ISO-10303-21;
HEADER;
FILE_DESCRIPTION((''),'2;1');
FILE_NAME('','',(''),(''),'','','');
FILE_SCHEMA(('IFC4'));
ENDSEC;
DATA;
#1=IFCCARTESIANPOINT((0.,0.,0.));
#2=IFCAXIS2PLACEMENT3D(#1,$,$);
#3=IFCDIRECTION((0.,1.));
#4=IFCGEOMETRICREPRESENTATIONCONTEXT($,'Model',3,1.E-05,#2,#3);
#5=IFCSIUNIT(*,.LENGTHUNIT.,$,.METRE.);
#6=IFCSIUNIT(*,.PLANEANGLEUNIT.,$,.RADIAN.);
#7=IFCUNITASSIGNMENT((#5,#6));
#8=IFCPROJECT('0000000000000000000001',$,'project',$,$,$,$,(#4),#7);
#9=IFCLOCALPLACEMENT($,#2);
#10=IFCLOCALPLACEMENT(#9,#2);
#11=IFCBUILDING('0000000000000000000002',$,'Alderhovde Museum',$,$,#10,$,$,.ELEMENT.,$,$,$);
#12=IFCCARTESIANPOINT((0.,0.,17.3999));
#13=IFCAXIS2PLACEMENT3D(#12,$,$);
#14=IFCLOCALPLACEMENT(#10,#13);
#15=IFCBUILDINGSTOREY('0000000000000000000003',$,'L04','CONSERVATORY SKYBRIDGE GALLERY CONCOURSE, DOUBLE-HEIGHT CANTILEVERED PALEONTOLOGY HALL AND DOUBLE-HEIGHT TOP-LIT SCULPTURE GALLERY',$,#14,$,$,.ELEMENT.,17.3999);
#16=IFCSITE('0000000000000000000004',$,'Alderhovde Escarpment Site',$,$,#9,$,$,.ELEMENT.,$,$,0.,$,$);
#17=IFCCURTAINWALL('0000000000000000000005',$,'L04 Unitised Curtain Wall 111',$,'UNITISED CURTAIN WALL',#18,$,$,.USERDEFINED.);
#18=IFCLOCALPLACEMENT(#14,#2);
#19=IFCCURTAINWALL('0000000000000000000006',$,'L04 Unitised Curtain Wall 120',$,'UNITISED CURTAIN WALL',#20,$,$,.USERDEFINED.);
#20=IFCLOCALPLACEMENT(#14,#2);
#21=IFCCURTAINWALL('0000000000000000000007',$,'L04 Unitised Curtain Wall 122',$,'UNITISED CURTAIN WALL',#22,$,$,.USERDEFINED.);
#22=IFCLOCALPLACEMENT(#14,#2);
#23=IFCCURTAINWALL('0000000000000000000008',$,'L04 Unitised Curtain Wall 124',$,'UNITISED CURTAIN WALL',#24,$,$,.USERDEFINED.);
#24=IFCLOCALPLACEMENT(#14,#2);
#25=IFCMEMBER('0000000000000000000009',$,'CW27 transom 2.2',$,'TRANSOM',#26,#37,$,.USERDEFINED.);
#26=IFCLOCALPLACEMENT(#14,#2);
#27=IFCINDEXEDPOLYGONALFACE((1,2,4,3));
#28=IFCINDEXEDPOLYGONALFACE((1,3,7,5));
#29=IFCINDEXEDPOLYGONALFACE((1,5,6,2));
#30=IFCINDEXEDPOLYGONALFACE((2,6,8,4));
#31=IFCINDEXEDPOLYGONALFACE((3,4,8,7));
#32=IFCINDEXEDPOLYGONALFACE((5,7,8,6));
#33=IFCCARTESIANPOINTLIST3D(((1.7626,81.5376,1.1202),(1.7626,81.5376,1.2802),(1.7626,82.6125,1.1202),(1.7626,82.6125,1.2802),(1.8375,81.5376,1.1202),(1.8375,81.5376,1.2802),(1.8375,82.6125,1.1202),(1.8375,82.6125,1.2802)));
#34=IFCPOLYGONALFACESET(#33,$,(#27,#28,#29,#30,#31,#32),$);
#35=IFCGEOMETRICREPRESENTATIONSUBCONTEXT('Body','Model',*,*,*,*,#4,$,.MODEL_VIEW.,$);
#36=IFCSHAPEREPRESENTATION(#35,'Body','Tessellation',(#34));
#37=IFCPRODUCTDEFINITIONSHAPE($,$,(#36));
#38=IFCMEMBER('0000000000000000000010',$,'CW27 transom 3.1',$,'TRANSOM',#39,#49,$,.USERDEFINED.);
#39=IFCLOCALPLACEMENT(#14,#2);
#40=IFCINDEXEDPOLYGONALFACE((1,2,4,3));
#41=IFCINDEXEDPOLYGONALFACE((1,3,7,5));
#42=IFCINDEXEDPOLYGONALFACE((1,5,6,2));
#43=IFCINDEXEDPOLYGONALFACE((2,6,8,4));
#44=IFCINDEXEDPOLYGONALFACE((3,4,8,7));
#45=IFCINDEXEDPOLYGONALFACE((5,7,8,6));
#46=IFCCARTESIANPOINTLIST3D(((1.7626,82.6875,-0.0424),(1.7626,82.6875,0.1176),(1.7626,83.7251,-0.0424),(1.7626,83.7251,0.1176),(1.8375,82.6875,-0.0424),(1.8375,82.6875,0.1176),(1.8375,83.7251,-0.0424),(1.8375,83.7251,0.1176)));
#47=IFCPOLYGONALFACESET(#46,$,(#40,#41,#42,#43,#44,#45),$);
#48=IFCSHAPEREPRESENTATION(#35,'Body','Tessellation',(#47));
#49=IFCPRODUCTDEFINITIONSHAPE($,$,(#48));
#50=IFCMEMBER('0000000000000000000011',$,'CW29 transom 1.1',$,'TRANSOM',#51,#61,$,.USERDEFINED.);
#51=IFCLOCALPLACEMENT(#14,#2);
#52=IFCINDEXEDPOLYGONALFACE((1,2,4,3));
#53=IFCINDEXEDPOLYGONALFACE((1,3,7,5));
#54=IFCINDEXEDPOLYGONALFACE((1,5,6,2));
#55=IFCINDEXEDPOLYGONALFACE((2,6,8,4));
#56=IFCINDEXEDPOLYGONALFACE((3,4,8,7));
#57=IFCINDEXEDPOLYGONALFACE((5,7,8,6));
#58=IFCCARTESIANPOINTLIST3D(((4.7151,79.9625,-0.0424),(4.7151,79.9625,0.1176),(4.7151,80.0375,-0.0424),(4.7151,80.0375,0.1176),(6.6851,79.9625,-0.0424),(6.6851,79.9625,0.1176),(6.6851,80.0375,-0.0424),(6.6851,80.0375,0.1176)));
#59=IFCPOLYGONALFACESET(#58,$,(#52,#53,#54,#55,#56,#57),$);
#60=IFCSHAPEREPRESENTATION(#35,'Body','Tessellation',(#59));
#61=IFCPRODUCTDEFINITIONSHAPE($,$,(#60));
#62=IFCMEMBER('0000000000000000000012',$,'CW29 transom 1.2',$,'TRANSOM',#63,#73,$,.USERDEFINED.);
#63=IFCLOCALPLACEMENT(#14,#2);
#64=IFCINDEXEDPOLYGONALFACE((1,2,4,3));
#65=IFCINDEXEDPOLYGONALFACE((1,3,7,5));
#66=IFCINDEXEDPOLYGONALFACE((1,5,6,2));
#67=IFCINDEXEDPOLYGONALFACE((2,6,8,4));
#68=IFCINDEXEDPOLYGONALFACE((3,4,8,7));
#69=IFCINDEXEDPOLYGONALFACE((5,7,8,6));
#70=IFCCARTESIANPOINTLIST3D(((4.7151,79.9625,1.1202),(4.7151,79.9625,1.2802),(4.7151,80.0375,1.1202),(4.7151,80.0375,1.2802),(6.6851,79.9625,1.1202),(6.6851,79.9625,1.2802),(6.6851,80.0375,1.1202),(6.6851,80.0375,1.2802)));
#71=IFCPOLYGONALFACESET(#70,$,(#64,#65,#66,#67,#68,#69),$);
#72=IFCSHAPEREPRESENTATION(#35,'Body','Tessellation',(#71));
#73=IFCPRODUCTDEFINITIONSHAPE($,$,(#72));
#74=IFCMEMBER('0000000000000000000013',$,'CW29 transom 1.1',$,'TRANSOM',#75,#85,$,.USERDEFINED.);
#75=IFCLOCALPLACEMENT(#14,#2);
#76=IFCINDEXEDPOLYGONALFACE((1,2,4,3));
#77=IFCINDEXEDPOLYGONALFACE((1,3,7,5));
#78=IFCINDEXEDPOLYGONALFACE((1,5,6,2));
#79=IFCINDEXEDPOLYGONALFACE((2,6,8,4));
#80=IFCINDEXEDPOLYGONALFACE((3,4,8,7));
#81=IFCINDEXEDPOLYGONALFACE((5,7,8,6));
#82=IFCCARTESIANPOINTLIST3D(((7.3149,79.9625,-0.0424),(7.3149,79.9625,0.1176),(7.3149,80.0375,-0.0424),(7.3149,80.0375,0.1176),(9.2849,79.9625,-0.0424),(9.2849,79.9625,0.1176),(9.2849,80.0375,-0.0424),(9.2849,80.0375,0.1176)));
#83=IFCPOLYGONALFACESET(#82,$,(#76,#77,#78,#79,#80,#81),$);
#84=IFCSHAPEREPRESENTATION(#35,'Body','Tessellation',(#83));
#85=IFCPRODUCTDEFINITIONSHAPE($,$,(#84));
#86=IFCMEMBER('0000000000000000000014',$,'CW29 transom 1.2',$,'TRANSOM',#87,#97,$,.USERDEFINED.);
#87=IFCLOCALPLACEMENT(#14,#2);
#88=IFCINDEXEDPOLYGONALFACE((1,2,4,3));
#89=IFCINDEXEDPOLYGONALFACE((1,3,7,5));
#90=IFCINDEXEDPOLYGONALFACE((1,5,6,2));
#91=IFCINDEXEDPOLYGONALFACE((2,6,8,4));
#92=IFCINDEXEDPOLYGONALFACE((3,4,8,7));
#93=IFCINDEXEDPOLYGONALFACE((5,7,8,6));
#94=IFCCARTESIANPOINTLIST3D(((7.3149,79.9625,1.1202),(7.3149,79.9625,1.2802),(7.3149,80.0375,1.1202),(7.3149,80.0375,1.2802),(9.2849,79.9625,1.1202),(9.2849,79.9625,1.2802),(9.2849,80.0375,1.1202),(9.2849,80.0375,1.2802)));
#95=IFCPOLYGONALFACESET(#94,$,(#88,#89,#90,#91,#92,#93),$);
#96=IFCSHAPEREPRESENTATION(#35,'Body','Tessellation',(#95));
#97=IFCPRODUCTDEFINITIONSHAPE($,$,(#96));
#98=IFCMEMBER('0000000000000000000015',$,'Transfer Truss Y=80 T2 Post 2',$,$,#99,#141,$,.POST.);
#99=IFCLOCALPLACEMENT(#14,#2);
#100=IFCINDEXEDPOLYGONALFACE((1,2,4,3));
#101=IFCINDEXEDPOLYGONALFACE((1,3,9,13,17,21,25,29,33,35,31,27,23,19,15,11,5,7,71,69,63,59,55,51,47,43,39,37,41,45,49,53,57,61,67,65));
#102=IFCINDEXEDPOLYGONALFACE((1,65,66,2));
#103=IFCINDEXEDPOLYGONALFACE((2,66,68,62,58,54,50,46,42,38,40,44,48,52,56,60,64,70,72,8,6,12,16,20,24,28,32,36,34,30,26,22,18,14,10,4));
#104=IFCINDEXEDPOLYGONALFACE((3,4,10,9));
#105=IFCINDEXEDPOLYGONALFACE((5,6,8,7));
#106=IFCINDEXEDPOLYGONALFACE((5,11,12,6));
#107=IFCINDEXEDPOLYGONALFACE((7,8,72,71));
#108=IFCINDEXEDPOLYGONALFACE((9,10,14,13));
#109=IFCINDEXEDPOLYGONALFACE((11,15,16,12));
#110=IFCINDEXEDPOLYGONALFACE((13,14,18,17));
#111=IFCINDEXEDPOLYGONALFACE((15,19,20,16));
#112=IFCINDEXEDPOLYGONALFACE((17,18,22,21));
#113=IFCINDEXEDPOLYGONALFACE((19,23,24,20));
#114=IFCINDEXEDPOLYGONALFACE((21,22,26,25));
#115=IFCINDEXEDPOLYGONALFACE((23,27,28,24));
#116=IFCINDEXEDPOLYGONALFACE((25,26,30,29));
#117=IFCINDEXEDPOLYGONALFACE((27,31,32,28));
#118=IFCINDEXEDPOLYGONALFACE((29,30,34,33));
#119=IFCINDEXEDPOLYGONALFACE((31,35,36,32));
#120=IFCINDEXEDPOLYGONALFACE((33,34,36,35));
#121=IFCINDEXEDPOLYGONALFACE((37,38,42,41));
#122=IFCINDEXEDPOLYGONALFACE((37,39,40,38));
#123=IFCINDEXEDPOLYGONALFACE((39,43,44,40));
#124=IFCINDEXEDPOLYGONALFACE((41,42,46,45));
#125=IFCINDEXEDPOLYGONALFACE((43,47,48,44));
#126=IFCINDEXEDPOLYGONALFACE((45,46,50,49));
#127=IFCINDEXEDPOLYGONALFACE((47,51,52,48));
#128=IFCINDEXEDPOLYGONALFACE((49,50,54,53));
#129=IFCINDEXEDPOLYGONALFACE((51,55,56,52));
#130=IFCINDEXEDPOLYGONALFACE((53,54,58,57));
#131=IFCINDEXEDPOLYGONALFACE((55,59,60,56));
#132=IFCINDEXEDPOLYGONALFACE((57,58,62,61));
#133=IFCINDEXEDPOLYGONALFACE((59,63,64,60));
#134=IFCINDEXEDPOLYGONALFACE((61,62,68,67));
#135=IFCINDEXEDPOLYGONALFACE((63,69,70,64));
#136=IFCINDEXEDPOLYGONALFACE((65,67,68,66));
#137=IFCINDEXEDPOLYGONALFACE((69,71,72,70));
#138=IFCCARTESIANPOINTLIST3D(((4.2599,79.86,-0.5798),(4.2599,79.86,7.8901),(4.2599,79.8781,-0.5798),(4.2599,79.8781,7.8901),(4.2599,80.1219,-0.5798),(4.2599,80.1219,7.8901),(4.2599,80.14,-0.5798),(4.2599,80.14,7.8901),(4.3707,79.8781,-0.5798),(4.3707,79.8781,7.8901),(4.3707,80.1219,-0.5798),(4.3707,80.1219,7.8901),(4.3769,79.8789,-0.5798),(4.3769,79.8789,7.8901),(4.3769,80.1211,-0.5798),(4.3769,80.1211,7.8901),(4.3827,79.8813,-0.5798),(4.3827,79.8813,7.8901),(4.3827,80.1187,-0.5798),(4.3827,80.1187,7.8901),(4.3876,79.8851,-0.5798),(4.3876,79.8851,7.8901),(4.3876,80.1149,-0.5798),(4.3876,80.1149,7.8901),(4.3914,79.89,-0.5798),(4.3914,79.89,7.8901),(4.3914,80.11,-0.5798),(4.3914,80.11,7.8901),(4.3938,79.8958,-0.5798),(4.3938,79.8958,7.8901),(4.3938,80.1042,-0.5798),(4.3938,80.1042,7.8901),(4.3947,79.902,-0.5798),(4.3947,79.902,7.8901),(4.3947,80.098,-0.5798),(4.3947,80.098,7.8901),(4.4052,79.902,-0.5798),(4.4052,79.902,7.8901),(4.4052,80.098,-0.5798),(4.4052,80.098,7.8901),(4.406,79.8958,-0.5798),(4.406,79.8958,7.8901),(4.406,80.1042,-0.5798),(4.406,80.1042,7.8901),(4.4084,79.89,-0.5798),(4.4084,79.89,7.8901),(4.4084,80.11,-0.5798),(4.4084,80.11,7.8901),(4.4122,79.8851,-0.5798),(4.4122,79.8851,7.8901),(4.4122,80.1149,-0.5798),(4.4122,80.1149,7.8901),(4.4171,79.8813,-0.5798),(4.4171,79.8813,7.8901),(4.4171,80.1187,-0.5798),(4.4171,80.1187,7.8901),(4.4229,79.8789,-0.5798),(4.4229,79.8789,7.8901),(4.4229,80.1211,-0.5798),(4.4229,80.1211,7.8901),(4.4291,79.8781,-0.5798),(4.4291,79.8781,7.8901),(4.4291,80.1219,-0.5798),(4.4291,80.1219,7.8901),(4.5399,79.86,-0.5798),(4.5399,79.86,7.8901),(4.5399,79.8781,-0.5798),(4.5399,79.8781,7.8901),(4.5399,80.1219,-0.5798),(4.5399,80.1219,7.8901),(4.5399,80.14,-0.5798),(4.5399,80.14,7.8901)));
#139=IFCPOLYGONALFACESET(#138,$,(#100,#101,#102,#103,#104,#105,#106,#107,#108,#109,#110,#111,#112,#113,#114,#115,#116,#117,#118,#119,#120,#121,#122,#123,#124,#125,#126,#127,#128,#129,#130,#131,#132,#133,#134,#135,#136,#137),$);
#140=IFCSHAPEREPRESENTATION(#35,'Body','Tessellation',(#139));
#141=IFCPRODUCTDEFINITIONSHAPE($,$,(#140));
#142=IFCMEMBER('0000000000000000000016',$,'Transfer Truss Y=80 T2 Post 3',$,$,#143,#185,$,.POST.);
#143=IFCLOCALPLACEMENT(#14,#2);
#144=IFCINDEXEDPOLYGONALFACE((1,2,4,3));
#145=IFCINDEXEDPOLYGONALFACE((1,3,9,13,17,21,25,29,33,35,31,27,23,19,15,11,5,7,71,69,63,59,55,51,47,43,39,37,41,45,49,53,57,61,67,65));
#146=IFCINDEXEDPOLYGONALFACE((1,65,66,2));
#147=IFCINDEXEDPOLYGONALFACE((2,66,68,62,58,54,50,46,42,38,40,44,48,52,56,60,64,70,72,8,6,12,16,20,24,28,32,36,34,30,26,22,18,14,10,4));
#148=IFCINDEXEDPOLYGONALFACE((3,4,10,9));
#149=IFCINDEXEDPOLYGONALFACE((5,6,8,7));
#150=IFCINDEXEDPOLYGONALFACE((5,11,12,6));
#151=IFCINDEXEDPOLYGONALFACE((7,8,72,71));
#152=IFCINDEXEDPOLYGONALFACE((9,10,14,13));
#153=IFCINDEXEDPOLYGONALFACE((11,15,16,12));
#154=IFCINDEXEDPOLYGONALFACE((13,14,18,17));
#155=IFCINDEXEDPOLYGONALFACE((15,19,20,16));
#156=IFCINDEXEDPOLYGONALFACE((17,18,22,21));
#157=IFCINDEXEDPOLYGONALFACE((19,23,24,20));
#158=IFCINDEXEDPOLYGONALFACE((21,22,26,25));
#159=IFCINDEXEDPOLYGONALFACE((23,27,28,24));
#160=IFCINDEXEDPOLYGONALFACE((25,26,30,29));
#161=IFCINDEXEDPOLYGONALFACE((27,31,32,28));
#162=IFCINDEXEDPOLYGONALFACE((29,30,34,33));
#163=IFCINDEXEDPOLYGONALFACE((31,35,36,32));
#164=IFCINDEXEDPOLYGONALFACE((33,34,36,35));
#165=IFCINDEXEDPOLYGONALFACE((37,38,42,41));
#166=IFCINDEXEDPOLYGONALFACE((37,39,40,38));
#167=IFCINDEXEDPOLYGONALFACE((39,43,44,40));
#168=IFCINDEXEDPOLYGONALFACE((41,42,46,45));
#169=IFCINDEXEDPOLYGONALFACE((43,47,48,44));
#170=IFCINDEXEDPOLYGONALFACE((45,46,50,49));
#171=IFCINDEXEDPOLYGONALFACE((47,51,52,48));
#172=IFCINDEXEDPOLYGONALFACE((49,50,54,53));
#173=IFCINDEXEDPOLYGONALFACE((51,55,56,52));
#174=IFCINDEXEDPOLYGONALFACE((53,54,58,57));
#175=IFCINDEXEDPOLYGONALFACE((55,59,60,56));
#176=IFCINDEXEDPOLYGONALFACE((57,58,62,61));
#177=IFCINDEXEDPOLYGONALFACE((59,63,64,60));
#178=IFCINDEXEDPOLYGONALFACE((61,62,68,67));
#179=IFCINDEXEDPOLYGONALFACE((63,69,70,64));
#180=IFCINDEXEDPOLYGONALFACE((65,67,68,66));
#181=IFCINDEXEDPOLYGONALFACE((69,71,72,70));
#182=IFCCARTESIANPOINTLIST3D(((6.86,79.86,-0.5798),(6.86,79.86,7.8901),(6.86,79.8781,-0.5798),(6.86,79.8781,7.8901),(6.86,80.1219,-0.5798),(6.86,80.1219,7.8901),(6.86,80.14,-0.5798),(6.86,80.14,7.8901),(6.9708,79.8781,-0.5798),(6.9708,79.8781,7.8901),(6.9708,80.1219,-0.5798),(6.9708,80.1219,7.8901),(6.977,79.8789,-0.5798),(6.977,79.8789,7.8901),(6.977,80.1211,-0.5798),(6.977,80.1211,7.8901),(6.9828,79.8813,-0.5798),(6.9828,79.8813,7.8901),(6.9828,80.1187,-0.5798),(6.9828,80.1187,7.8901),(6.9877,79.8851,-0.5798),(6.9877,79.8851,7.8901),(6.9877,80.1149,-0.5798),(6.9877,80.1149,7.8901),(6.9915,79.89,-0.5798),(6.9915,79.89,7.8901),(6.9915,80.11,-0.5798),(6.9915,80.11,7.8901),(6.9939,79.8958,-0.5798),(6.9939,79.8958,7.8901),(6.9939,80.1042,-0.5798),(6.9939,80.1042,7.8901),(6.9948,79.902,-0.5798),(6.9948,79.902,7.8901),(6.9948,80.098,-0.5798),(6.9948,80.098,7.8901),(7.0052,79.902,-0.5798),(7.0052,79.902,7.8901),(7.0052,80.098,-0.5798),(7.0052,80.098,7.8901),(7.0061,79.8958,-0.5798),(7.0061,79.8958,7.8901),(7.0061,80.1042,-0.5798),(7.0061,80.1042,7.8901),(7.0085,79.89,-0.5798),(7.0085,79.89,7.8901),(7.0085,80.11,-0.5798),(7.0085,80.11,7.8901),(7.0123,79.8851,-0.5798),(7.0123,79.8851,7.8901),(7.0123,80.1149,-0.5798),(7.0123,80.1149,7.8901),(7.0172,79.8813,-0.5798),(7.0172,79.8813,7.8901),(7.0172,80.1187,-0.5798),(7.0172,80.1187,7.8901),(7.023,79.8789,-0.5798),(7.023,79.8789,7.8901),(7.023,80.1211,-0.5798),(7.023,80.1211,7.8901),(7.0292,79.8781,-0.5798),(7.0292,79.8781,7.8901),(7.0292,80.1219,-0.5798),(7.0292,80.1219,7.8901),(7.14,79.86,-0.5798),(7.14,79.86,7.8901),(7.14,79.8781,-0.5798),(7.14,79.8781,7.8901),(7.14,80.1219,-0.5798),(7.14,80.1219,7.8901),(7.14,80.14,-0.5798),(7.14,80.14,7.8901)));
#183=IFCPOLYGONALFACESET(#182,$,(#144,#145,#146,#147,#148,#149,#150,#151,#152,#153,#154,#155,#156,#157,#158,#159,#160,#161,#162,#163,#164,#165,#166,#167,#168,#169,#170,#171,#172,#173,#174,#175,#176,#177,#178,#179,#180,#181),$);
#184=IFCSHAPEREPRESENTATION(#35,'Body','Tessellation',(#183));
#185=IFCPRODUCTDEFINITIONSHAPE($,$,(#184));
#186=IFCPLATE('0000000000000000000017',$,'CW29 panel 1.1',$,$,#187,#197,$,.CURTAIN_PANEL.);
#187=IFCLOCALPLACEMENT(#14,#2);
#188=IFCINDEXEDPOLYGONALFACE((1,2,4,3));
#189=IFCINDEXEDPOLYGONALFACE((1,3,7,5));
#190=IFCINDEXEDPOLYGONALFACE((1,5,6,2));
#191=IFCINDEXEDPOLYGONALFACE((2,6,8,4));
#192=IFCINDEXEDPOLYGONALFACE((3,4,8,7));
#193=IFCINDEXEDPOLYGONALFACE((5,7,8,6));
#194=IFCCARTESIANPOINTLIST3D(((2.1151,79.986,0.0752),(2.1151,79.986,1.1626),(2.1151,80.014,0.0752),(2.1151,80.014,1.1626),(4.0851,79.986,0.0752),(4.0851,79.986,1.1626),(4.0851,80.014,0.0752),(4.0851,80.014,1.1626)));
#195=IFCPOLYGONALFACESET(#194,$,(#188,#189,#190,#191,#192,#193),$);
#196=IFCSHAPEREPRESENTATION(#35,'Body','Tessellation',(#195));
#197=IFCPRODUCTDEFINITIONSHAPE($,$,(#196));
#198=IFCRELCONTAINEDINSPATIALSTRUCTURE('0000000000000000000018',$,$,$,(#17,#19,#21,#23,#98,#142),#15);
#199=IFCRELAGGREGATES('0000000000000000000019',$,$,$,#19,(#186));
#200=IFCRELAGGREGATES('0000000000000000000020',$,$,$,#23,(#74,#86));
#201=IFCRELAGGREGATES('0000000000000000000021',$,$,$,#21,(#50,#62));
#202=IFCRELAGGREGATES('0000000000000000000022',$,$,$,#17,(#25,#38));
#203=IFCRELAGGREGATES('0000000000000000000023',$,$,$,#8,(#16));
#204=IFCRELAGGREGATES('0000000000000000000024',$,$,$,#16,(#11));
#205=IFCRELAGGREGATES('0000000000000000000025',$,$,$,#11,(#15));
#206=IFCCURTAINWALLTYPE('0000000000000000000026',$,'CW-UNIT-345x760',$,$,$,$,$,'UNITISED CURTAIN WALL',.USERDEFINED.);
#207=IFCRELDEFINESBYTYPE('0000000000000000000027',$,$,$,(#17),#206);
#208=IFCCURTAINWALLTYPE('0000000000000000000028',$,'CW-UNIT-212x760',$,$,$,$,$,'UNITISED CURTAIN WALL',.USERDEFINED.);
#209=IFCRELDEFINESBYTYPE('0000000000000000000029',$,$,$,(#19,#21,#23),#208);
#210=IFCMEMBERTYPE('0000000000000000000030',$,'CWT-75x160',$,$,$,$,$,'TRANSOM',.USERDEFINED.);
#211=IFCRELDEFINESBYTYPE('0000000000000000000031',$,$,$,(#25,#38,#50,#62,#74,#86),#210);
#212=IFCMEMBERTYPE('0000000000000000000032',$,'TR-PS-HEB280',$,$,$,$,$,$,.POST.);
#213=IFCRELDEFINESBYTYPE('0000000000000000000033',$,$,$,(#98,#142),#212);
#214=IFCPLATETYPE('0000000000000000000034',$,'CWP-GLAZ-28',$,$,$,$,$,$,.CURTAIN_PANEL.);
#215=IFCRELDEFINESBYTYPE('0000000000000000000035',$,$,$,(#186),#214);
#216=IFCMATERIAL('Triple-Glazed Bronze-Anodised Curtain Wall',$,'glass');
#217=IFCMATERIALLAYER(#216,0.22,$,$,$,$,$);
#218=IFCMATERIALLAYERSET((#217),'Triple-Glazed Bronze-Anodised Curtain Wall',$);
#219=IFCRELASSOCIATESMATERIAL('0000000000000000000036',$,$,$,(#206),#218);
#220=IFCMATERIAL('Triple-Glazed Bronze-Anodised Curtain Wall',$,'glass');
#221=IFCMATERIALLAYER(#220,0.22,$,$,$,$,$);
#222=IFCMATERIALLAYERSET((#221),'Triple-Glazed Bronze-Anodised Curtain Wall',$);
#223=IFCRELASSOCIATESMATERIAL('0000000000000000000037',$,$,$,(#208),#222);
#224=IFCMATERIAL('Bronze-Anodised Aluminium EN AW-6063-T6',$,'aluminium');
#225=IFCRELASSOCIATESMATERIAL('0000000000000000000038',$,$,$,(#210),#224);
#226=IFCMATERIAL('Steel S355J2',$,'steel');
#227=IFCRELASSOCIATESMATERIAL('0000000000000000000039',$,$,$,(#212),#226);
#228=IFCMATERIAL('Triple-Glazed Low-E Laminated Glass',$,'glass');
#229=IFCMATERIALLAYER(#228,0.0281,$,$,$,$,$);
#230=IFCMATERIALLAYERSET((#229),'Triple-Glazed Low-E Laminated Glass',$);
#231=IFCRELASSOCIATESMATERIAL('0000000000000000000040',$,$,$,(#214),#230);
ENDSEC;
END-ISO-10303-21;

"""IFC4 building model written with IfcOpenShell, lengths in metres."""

from ifc_helpers import new_model, si_unit, direction, frame, origin, origin_2d, place, context, subcontext, project, spatial, rectangle, i_section, extrude, material, layer, layer_set, material_profile, profile_set, type_object, element, aggregate, save


model = new_model("IFC4")

# Units and contexts
model_context = context("Model", 3, precision=1e-05, world=origin(), true_north=direction((0.0, 1.0)))
body_context = subcontext(model_context, "Body", "Model", "MODEL_VIEW")
ifc_project = project(units=[si_unit("LENGTHUNIT", "METRE"), si_unit("PLANEANGLEUNIT", "RADIAN")], contexts=[model_context])

# Site, building, storey
site_placement = place(None, origin())
site = spatial("IfcSite", under=ifc_project, at=site_placement, Name="Alderhovde Escarpment Site", CompositionType="ELEMENT", RefElevation=0.0)
building_placement = place(site_placement, origin())
building = spatial("IfcBuilding", under=site, at=building_placement, Name="Alderhovde Museum", CompositionType="ELEMENT")
storey_placement = place(building_placement, frame((0.0, 0.0, 17.3999)))
storey = spatial("IfcBuildingStorey", under=building, at=storey_placement, Name="L04", Description="CONSERVATORY SKYBRIDGE GALLERY CONCOURSE, DOUBLE-HEIGHT CANTILEVERED PALEONTOLOGY HALL AND DOUBLE-HEIGHT TOP-LIT SCULPTURE GALLERY", CompositionType="ELEMENT", Elevation=17.3999)

# Curtain wall
ifc_material_1 = material(Name="Triple-Glazed Bronze-Anodised Curtain Wall", Category="glass")
ifc_layer_1 = layer(ifc_material_1, 0.22)
ifc_layer_set_1 = layer_set([ifc_layer_1], Name="Triple-Glazed Bronze-Anodised Curtain Wall")
curtain_wall_type_1 = type_object("IfcCurtainWallType", Name="CW-UNIT-345x760", ElementType="UNITISED CURTAIN WALL", PredefinedType="USERDEFINED", material=ifc_layer_set_1)
curtain_wall_1_placement = place(storey_placement, origin())
curtain_wall_1 = element("IfcCurtainWall", 1, at=curtain_wall_1_placement, inside=storey, type_object=curtain_wall_type_1, Name="L04 Unitised Curtain Wall 111", ObjectType="UNITISED CURTAIN WALL", PredefinedType="USERDEFINED")

# Curtain wall
ifc_material_2 = material(Name="Triple-Glazed Bronze-Anodised Curtain Wall", Category="glass")
ifc_layer_2 = layer(ifc_material_2, 0.22)
ifc_layer_set_2 = layer_set([ifc_layer_2], Name="Triple-Glazed Bronze-Anodised Curtain Wall")
curtain_wall_type_2 = type_object("IfcCurtainWallType", Name="CW-UNIT-212x760", ElementType="UNITISED CURTAIN WALL", PredefinedType="USERDEFINED", material=ifc_layer_set_2)
curtain_wall_2_placement = place(storey_placement, origin())
curtain_wall_2 = element("IfcCurtainWall", 2, at=curtain_wall_2_placement, inside=storey, type_object=curtain_wall_type_2, Name="L04 Unitised Curtain Wall 120", ObjectType="UNITISED CURTAIN WALL", PredefinedType="USERDEFINED")

# Curtain walls
curtain_wall_3_placement = place(storey_placement, origin())
curtain_wall_3 = element("IfcCurtainWall", 3, at=curtain_wall_3_placement, inside=storey, type_object=curtain_wall_type_2, Name="L04 Unitised Curtain Wall 122", ObjectType="UNITISED CURTAIN WALL", PredefinedType="USERDEFINED")
curtain_wall_4_placement = place(storey_placement, origin())
curtain_wall_4 = element("IfcCurtainWall", 4, at=curtain_wall_4_placement, inside=storey, type_object=curtain_wall_type_2, Name="L04 Unitised Curtain Wall 124", ObjectType="UNITISED CURTAIN WALL", PredefinedType="USERDEFINED")

# Members
ifc_material_3 = material(Name="Bronze-Anodised Aluminium EN AW-6063-T6", Category="aluminium")
ifc_material_profile_1 = material_profile(ifc_material_3, rectangle(XDim=0.075, YDim=0.1599, at=origin_2d()), Name="TRANSOM 75x160")
ifc_profile_set_1 = profile_set([ifc_material_profile_1], Name="Bronze-Anodised Aluminium EN AW-6063-T6")
member_type_1 = type_object("IfcMemberType", Name="CWT-75x160", ElementType="TRANSOM", PredefinedType="USERDEFINED", material=ifc_profile_set_1)
member_1_placement = place(storey_placement, frame((1.8, 81.5376, 1.2002), z_axis=(0.0, 1.0, 0.0), x_axis=(-1.0, 0.0, 0.0)))
member_1 = element("IfcMember", 5, at=member_1_placement, type_object=member_type_1, Name="CW27 transom 2.2", ObjectType="TRANSOM", PredefinedType="USERDEFINED", context=body_context, shape_type="SweptSolid", body=[
    extrude(rectangle(XDim=0.075, YDim=0.1599, at=origin_2d()), origin(), (0.0, 0.0, 1.0), 1.075),
])
member_2_placement = place(storey_placement, frame((1.8, 82.6875, 0.0376), z_axis=(0.0, 1.0, 0.0), x_axis=(-1.0, 0.0, 0.0)))
member_2 = element("IfcMember", 6, at=member_2_placement, type_object=member_type_1, Name="CW27 transom 3.1", ObjectType="TRANSOM", PredefinedType="USERDEFINED", context=body_context, shape_type="SweptSolid", body=[
    extrude(rectangle(XDim=0.075, YDim=0.1599, at=origin_2d()), origin(), (0.0, 0.0, 1.0), 1.0376),
])
member_3_placement = place(storey_placement, frame((4.7151, 80.0, 0.0376), z_axis=(1.0, 0.0, 0.0), x_axis=(0.0, 1.0, 0.0)))
member_3 = element("IfcMember", 7, at=member_3_placement, type_object=member_type_1, Name="CW29 transom 1.1", ObjectType="TRANSOM", PredefinedType="USERDEFINED", context=body_context, shape_type="SweptSolid", body=[
    extrude(rectangle(XDim=0.075, YDim=0.1599, at=origin_2d()), origin(), (0.0, 0.0, 1.0), 1.97),
])
member_4_placement = place(storey_placement, frame((4.7151, 80.0, 1.2002), z_axis=(1.0, 0.0, 0.0), x_axis=(0.0, 1.0, 0.0)))
member_4 = element("IfcMember", 8, at=member_4_placement, type_object=member_type_1, Name="CW29 transom 1.2", ObjectType="TRANSOM", PredefinedType="USERDEFINED", context=body_context, shape_type="SweptSolid", body=[
    extrude(rectangle(XDim=0.075, YDim=0.1599, at=origin_2d()), origin(), (0.0, 0.0, 1.0), 1.97),
])
member_5_placement = place(storey_placement, frame((7.3149, 80.0, 0.0376), z_axis=(1.0, 0.0, 0.0), x_axis=(0.0, 1.0, 0.0)))
member_5 = element("IfcMember", 9, at=member_5_placement, type_object=member_type_1, Name="CW29 transom 1.1", ObjectType="TRANSOM", PredefinedType="USERDEFINED", context=body_context, shape_type="SweptSolid", body=[
    extrude(rectangle(XDim=0.075, YDim=0.1599, at=origin_2d()), origin(), (0.0, 0.0, 1.0), 1.97),
])
member_6_placement = place(storey_placement, frame((7.3149, 80.0, 1.2002), z_axis=(1.0, 0.0, 0.0), x_axis=(0.0, 1.0, 0.0)))
member_6 = element("IfcMember", 10, at=member_6_placement, type_object=member_type_1, Name="CW29 transom 1.2", ObjectType="TRANSOM", PredefinedType="USERDEFINED", context=body_context, shape_type="SweptSolid", body=[
    extrude(rectangle(XDim=0.075, YDim=0.1599, at=origin_2d()), origin(), (0.0, 0.0, 1.0), 1.97),
])

# Members
ifc_material_4 = material(Name="Steel S355J2", Category="steel")
ifc_material_profile_2 = material_profile(ifc_material_4, i_section(OverallWidth=0.28, OverallDepth=0.28, WebThickness=0.0105, FlangeThickness=0.0181, FilletRadius=0.0239, at=origin_2d()), Name="HEB 280")
ifc_profile_set_2 = profile_set([ifc_material_profile_2], Name="Steel S355J2")
member_type_2 = type_object("IfcMemberType", Name="TR-PS-HEB280", PredefinedType="POST", material=ifc_profile_set_2)
for number, where, z_axis, x_axis, name in (
    (11, (4.3999, 80.0, -0.5798), (0.0, 0.0, 1.0), (1.0, 0.0, 0.0), "Transfer Truss Y=80 T2 Post 2"),
    (12, (7.0, 80.0, -0.5798), (0.0, 0.0, 1.0), (1.0, 0.0, 0.0), "Transfer Truss Y=80 T2 Post 3"),
):
    element("IfcMember", number, at=place(storey_placement, frame(where, z_axis=z_axis, x_axis=x_axis)), inside=storey, type_object=member_type_2, Name=name, PredefinedType="POST", context=body_context, shape_type="SweptSolid", body=[
        extrude(i_section(OverallWidth=0.28, OverallDepth=0.28, WebThickness=0.0105, FlangeThickness=0.0181, FilletRadius=0.0239, at=origin_2d()), origin(), (0.0, 0.0, 1.0), 8.47),
    ])

# Plate
ifc_material_5 = material(Name="Triple-Glazed Low-E Laminated Glass", Category="glass")
ifc_layer_3 = layer(ifc_material_5, 0.0281)
ifc_layer_set_3 = layer_set([ifc_layer_3], Name="Triple-Glazed Low-E Laminated Glass")
plate_type_1 = type_object("IfcPlateType", Name="CWP-GLAZ-28", PredefinedType="CURTAIN_PANEL", material=ifc_layer_set_3)
plate_1_placement = place(storey_placement, frame((3.1001, 80.0, 0.0752), z_axis=(0.0, 0.0, 1.0), x_axis=(1.0, 0.0, 0.0)))
plate_1 = element("IfcPlate", 13, at=plate_1_placement, type_object=plate_type_1, Name="CW29 panel 1.1", PredefinedType="CURTAIN_PANEL", context=body_context, shape_type="SweptSolid", body=[
    extrude(rectangle(XDim=1.97, YDim=0.0281, at=origin_2d()), origin(), (0.0, 0.0, 1.0), 1.0874),
])
aggregate(curtain_wall_2, [plate_1])
aggregate(curtain_wall_4, [member_5, member_6])
aggregate(curtain_wall_3, [member_3, member_4])
aggregate(curtain_wall_1, [member_1, member_2])

save(model, "model.ifc")
